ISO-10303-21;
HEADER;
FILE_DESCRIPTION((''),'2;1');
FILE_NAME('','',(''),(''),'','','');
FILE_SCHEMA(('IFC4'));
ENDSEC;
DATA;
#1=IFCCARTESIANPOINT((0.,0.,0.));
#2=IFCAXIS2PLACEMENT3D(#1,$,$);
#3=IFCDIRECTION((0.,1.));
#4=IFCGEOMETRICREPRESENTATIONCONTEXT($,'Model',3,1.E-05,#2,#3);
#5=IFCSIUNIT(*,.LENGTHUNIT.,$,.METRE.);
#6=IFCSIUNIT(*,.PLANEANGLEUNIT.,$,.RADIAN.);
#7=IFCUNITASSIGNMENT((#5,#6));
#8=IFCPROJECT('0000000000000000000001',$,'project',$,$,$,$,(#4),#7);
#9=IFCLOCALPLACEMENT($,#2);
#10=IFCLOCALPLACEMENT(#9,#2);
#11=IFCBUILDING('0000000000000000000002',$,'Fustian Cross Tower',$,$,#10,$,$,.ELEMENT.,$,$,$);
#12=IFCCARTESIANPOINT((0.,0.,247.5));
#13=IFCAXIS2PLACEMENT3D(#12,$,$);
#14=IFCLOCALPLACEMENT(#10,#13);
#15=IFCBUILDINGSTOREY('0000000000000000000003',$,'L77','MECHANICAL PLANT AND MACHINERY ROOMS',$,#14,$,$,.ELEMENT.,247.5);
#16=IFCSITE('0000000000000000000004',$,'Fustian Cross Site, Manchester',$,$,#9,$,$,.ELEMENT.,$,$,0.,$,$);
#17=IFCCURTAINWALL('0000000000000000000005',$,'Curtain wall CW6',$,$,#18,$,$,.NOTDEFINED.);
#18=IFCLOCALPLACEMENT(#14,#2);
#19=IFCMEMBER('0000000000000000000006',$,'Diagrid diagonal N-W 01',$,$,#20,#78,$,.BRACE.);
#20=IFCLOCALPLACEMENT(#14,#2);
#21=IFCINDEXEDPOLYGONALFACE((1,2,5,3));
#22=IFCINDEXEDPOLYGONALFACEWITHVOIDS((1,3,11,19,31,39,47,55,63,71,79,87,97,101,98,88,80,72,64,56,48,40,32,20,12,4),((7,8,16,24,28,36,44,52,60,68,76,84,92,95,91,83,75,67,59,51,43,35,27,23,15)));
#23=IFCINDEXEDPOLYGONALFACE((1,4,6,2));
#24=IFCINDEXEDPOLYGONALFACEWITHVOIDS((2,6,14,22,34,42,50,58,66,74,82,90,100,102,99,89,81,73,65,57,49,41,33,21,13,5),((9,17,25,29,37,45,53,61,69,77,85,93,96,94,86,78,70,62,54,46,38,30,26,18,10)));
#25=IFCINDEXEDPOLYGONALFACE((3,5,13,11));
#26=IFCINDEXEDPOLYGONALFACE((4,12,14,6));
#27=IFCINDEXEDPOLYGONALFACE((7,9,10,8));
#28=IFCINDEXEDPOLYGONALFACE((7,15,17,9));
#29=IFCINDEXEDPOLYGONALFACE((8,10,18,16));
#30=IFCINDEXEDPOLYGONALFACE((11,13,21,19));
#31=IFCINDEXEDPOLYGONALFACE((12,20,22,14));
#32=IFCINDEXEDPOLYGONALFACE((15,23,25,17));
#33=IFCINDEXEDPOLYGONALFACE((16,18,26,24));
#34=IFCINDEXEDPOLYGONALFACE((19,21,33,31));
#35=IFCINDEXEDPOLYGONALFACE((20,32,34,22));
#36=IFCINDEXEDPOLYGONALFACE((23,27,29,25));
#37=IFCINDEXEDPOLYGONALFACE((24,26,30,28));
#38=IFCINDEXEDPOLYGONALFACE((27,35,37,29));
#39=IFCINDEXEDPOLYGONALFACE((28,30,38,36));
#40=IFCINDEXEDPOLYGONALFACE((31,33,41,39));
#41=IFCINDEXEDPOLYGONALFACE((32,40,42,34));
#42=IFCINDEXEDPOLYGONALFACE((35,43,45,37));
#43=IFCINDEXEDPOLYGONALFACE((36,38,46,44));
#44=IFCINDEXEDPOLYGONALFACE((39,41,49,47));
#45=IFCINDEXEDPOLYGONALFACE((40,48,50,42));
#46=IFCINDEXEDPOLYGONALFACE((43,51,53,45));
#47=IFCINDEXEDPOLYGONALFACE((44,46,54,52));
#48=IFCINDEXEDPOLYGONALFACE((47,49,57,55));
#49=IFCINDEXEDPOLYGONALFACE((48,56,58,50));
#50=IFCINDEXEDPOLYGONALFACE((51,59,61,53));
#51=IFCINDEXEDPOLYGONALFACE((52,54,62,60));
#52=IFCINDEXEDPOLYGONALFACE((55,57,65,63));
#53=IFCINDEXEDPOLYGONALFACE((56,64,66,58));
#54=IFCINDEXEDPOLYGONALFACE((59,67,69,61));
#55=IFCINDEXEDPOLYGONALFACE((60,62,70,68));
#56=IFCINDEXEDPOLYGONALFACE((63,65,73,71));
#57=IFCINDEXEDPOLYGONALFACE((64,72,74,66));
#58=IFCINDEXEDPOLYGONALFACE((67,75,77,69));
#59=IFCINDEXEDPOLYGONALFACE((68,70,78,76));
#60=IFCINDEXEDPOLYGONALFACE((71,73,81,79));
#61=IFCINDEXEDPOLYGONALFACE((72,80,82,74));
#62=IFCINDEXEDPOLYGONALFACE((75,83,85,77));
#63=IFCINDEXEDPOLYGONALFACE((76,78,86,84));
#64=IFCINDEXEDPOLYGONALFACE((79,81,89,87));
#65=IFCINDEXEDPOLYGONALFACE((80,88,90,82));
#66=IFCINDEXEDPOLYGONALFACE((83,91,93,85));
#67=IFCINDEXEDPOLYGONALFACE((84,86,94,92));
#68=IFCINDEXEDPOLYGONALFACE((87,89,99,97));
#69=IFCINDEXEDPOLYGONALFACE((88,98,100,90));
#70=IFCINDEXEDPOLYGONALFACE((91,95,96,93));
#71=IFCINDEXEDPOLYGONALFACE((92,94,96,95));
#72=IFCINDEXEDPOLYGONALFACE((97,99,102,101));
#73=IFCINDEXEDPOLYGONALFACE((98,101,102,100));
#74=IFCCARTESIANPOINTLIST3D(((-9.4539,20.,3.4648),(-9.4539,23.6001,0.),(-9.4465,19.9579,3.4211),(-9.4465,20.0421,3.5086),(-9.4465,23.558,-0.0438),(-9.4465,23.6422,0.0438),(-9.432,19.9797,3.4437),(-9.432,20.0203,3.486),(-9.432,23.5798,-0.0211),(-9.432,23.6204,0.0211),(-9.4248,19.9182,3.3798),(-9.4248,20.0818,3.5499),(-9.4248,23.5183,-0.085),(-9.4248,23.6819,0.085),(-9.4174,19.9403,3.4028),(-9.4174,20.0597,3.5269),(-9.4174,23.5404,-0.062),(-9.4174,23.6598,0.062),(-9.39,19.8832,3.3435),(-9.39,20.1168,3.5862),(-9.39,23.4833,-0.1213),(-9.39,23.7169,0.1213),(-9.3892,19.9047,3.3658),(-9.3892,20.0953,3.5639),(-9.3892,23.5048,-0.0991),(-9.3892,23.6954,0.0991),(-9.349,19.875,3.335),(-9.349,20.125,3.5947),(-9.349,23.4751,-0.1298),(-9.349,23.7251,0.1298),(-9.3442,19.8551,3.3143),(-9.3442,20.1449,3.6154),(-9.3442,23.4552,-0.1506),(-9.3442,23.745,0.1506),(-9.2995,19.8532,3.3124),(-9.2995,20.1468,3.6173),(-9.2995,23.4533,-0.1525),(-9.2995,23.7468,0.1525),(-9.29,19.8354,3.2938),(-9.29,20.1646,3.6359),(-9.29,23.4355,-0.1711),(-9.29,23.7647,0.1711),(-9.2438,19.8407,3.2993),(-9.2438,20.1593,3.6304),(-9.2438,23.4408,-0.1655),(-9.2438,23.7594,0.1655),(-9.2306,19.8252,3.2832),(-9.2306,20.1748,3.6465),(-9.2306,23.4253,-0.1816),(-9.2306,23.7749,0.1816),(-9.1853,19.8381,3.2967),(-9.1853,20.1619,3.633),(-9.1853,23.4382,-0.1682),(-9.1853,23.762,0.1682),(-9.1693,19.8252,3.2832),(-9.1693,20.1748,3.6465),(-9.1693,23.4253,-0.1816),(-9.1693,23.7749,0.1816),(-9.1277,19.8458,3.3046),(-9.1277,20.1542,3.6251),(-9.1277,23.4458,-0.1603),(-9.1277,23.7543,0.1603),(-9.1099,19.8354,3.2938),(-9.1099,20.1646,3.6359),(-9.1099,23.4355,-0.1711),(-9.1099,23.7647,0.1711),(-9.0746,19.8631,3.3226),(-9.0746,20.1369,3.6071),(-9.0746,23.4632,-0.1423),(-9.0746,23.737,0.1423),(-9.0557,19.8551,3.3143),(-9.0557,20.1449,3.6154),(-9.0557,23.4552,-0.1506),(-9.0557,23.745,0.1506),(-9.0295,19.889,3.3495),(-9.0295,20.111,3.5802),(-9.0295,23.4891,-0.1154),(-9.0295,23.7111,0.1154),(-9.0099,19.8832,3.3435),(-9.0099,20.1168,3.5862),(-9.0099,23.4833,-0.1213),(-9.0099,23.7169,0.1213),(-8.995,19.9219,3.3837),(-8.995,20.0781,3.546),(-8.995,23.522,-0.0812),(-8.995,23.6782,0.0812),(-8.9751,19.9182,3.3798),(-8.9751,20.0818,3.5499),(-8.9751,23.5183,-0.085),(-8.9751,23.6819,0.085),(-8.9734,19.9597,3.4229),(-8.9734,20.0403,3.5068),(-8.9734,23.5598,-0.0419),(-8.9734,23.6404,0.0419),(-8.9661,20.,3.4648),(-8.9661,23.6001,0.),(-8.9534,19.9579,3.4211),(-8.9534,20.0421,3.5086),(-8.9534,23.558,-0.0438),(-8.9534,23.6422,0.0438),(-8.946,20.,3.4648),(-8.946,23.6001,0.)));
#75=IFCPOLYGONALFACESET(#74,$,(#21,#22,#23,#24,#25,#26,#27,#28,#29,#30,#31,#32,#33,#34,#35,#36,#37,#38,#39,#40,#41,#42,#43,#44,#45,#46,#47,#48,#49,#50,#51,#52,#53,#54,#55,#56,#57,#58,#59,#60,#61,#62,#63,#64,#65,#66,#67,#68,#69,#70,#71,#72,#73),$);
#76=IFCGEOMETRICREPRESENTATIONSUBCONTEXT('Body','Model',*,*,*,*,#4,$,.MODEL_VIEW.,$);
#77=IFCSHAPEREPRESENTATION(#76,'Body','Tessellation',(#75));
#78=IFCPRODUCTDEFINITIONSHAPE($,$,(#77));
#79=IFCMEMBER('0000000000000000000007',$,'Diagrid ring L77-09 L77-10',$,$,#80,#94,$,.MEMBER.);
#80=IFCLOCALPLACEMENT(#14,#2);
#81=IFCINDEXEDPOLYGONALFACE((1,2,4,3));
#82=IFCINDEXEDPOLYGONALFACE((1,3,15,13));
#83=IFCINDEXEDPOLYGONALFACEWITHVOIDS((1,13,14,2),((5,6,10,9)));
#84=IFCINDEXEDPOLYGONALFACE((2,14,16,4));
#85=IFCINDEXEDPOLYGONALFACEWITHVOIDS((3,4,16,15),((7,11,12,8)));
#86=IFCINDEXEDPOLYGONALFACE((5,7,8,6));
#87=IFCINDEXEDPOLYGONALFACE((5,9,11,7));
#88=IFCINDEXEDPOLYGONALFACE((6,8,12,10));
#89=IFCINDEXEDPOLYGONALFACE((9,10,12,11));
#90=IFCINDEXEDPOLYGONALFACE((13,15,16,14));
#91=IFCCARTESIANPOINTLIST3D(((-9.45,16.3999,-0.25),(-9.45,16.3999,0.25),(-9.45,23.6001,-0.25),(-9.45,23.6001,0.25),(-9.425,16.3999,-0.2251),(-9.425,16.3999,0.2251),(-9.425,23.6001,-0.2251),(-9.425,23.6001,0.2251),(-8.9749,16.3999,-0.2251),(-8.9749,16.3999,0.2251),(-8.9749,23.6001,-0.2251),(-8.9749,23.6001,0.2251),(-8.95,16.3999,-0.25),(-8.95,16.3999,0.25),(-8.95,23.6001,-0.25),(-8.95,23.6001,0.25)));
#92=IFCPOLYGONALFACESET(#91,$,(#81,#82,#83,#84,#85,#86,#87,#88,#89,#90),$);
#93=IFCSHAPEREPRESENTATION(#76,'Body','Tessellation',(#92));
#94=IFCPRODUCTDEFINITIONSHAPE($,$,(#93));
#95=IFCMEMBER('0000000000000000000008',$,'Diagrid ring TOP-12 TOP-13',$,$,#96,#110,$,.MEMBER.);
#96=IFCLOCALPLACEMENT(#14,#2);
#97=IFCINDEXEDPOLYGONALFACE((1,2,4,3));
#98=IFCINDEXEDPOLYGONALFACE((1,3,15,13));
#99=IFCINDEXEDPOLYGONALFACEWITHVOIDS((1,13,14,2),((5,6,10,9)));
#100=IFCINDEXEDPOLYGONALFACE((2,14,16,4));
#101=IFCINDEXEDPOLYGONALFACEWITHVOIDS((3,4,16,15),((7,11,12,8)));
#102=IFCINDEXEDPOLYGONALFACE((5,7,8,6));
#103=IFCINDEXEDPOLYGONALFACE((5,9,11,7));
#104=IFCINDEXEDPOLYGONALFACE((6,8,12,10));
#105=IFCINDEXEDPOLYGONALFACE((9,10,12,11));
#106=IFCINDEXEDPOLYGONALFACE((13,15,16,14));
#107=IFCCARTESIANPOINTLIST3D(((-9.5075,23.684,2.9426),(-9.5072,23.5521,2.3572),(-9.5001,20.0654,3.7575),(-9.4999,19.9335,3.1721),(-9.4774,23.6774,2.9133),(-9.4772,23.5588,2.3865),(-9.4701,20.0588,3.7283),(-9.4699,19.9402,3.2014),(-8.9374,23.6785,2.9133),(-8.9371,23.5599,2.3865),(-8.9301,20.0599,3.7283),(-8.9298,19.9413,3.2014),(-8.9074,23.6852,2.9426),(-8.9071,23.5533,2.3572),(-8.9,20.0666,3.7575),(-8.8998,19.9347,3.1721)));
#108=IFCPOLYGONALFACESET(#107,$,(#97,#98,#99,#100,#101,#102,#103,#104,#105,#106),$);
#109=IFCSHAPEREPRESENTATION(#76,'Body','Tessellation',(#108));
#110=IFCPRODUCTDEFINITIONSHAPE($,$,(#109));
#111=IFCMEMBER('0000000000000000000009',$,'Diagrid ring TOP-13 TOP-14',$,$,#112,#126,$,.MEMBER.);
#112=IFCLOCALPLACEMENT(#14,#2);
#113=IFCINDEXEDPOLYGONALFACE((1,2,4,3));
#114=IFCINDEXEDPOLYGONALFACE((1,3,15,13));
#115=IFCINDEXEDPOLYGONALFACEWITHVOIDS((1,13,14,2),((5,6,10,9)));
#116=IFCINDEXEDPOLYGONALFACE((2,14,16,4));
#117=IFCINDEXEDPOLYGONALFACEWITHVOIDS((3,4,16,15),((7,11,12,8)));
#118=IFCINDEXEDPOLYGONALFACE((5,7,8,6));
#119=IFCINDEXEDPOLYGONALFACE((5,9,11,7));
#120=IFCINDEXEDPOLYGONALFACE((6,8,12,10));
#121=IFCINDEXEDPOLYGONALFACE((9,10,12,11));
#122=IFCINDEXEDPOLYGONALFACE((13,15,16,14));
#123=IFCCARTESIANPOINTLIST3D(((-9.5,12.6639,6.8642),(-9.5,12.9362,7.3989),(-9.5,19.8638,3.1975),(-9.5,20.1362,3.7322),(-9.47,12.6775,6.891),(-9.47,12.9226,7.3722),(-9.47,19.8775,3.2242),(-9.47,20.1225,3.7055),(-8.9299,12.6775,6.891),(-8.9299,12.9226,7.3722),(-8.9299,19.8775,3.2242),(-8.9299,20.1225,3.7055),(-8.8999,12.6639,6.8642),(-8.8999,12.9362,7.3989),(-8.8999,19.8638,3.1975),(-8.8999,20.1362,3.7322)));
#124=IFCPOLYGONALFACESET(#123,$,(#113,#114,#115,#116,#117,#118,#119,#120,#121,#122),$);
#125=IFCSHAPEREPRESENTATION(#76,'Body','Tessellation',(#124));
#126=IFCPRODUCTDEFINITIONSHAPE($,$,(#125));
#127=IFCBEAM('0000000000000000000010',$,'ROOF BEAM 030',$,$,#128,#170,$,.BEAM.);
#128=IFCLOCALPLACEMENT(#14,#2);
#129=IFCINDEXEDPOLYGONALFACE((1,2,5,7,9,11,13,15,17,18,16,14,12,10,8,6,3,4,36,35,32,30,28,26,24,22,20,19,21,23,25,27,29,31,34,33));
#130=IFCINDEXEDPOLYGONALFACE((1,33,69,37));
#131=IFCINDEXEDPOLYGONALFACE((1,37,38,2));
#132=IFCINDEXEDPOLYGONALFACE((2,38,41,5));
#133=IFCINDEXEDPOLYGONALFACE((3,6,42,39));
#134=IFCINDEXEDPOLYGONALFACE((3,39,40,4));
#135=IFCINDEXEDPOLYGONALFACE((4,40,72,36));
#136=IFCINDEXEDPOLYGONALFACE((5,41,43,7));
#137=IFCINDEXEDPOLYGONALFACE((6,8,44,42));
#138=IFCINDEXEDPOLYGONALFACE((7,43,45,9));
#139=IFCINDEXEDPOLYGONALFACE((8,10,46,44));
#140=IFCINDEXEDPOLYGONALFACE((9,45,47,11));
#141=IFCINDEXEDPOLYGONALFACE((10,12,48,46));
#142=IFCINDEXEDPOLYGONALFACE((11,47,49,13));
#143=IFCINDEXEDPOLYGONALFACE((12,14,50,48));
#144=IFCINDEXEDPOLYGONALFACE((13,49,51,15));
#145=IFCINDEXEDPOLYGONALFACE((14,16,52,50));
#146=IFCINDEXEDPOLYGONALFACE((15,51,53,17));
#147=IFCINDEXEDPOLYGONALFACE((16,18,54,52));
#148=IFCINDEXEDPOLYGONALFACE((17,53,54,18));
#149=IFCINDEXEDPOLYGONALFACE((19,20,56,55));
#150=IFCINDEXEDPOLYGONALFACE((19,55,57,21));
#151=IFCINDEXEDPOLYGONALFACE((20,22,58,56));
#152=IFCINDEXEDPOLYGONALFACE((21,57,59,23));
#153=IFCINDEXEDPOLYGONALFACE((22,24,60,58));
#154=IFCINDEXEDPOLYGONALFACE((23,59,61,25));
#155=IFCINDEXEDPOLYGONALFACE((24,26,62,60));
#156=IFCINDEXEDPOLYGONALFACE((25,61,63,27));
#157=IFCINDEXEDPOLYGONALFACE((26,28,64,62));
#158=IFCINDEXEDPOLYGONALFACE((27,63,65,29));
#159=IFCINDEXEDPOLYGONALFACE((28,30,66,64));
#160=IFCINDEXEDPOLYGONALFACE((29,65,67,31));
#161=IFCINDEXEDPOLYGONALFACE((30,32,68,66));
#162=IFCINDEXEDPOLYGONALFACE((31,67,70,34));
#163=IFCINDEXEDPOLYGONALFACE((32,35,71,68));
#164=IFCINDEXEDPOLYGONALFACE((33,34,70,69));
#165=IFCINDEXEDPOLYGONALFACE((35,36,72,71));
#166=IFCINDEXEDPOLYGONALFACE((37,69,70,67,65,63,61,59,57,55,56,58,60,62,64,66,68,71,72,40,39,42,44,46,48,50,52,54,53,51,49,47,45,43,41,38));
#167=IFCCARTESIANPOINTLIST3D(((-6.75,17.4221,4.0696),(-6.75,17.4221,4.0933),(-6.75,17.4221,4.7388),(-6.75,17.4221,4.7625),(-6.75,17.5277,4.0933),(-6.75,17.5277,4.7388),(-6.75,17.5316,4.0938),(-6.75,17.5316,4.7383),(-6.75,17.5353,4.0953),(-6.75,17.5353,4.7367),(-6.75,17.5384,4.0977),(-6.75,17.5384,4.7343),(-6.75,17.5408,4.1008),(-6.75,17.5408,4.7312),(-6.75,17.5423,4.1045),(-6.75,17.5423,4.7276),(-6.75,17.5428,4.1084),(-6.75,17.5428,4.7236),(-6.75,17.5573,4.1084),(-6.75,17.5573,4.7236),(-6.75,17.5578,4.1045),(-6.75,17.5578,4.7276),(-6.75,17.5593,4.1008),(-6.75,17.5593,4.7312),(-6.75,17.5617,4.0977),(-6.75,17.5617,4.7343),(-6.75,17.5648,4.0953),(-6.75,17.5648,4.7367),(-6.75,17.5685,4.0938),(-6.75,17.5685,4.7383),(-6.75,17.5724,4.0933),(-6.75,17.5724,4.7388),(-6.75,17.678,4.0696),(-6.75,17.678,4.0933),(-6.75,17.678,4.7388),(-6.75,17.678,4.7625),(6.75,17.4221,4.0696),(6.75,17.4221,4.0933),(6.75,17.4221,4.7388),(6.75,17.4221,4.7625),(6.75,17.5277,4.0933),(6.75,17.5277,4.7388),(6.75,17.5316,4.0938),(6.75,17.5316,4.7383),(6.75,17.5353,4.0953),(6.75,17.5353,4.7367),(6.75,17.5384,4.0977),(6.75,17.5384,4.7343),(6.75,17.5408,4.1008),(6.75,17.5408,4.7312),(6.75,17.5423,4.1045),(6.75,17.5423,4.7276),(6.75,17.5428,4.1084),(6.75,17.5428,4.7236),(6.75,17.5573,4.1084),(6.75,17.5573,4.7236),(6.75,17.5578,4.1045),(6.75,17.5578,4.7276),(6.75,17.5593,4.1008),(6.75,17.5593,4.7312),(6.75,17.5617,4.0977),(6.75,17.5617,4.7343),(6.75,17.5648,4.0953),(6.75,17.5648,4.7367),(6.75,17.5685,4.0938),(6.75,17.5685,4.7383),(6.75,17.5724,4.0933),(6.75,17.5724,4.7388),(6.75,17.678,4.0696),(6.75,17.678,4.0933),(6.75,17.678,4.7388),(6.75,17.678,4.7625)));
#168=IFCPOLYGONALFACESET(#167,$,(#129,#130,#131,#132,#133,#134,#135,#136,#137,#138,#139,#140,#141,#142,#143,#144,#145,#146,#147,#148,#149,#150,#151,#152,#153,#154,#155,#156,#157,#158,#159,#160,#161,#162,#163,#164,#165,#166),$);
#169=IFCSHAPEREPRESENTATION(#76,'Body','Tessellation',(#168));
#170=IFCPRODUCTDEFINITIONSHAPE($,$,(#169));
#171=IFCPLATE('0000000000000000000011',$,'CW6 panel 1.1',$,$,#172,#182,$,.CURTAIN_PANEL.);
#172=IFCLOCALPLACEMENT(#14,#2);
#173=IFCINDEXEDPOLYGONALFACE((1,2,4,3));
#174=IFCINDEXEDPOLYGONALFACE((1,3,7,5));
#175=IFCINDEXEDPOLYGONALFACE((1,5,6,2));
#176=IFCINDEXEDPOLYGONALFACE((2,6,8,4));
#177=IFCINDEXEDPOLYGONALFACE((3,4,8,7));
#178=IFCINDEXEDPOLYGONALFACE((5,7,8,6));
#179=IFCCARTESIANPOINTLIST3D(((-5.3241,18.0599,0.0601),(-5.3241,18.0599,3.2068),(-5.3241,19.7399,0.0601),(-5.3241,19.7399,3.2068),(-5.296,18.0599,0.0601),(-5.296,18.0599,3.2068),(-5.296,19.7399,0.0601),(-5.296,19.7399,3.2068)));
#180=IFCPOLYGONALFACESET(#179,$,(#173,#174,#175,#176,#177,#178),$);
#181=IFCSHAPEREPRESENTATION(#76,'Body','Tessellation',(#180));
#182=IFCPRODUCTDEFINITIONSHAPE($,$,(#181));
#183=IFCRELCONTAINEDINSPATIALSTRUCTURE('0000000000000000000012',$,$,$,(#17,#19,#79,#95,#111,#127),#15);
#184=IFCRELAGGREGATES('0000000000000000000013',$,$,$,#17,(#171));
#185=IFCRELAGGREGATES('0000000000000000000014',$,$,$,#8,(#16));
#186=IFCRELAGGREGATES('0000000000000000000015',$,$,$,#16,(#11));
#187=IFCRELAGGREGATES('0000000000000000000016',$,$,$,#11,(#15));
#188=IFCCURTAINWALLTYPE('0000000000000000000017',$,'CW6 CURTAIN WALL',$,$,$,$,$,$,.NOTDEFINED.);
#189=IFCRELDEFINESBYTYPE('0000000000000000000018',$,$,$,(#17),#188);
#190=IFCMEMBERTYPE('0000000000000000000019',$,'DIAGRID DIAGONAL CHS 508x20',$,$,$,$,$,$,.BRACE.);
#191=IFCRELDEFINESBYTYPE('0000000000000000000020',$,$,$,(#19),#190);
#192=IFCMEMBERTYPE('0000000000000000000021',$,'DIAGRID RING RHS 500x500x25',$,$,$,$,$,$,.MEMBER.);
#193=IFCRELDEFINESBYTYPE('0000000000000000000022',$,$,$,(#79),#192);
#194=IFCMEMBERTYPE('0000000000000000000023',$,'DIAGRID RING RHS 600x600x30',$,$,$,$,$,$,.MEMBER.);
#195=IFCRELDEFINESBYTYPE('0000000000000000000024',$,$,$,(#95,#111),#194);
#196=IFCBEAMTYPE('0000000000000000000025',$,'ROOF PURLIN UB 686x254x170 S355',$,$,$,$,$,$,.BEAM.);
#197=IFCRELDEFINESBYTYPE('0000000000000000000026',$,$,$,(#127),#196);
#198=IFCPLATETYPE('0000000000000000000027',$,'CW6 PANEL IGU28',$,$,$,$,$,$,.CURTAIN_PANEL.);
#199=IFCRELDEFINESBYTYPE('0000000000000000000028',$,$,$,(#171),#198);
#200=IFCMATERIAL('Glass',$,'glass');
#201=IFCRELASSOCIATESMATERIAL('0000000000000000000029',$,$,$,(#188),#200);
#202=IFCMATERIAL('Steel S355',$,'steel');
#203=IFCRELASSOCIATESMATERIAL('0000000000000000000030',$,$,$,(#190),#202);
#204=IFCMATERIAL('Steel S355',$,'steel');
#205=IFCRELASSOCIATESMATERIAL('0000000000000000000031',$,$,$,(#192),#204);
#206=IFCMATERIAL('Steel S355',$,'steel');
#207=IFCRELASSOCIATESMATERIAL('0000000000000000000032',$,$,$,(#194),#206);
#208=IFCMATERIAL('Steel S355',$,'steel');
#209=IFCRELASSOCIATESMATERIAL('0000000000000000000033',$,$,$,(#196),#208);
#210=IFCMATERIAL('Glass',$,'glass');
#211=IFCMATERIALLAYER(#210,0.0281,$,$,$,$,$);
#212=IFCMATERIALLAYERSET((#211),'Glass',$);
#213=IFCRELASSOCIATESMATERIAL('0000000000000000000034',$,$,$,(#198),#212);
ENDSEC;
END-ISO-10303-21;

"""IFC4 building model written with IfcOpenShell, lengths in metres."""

from ifc_helpers import new_model, si_unit, direction, frame, origin, origin_2d, place, context, subcontext, project, spatial, rectangle, hollow_rectangle, hollow_circle, i_section, extrude, material, layer, layer_set, material_profile, profile_set, type_object, element, aggregate, save


model = new_model("IFC4")

# Units and contexts
model_context = context("Model", 3, precision=1e-05, world=origin(), true_north=direction((0.0, 1.0)))
body_context = subcontext(model_context, "Body", "Model", "MODEL_VIEW")
ifc_project = project(units=[si_unit("LENGTHUNIT", "METRE"), si_unit("PLANEANGLEUNIT", "RADIAN")], contexts=[model_context])

# Site, building, storey
site_placement = place(None, origin())
site = spatial("IfcSite", under=ifc_project, at=site_placement, Name="Fustian Cross Site, Manchester", CompositionType="ELEMENT", RefElevation=0.0)
building_placement = place(site_placement, origin())
building = spatial("IfcBuilding", under=site, at=building_placement, Name="Fustian Cross Tower", CompositionType="ELEMENT")
storey_placement = place(building_placement, frame((0.0, 0.0, 247.5)))
storey = spatial("IfcBuildingStorey", under=building, at=storey_placement, Name="L77", Description="MECHANICAL PLANT AND MACHINERY ROOMS", CompositionType="ELEMENT", Elevation=247.5)

# Curtain wall
ifc_material_1 = material(Name="Glass", Category="glass")
curtain_wall_type = type_object("IfcCurtainWallType", Name="CW6 CURTAIN WALL", PredefinedType="NOTDEFINED", material=ifc_material_1)
curtain_wall_1_placement = place(storey_placement, origin())
curtain_wall_1 = element("IfcCurtainWall", 1, at=curtain_wall_1_placement, inside=storey, type_object=curtain_wall_type, Name="Curtain wall CW6", PredefinedType="NOTDEFINED")

# Members
ifc_material_2 = material(Name="Steel S355", Category="steel")
ifc_material_profile_1 = material_profile(ifc_material_2, hollow_circle(Radius=0.2539, WallThickness=0.02, at=origin_2d()), Name="CHS 508x20")
ifc_profile_set_1 = profile_set([ifc_material_profile_1], Name="Steel S355")
member_type_1 = type_object("IfcMemberType", Name="DIAGRID DIAGONAL CHS 508x20", PredefinedType="BRACE", material=ifc_profile_set_1)
member_1_placement = place(storey_placement, frame((-9.2, 23.6001, 0.0), z_axis=(0.0, -0.720512, 0.693443), x_axis=(1.0, 0.0, 0.0)))
element("IfcMember", 2, at=member_1_placement, inside=storey, type_object=member_type_1, Name="Diagrid diagonal N-W 01", PredefinedType="BRACE", context=body_context, shape_type="SweptSolid", body=[
    extrude(hollow_circle(Radius=0.2539, WallThickness=0.02, at=origin_2d()), origin(), (0.0, 0.0, 1.0), 4.9966),
])
ifc_material_3 = material(Name="Steel S355", Category="steel")
ifc_material_profile_2 = material_profile(ifc_material_3, hollow_rectangle(XDim=0.5, YDim=0.5, WallThickness=0.0249, at=origin_2d()), Name="RHS 500x500x25")
ifc_profile_set_2 = profile_set([ifc_material_profile_2], Name="Steel S355")
member_type_2 = type_object("IfcMemberType", Name="DIAGRID RING RHS 500x500x25", PredefinedType="MEMBER", material=ifc_profile_set_2)
member_2_placement = place(storey_placement, frame((-9.2, 23.6001, 0.0), z_axis=(0.0, -1.0, 0.0), x_axis=(1.0, 0.0, 0.0)))
element("IfcMember", 3, at=member_2_placement, inside=storey, type_object=member_type_2, Name="Diagrid ring L77-09 L77-10", PredefinedType="MEMBER", context=body_context, shape_type="SweptSolid", body=[
    extrude(hollow_rectangle(XDim=0.5, YDim=0.5, WallThickness=0.0249, at=origin_2d()), origin(), (0.0, 0.0, 1.0), 7.2002),
])
ifc_material_4 = material(Name="Steel S355", Category="steel")
ifc_material_profile_3 = material_profile(ifc_material_4, hollow_rectangle(XDim=0.6001, YDim=0.6001, WallThickness=0.03, at=origin_2d()), Name="RHS 600x600x30")
ifc_profile_set_3 = profile_set([ifc_material_profile_3], Name="Steel S355")
member_type_3 = type_object("IfcMemberType", Name="DIAGRID RING RHS 600x600x30", PredefinedType="MEMBER", material=ifc_profile_set_3)
member_3_placement = place(storey_placement, frame((-9.2073, 23.6187, 2.6499), z_axis=(0.001975, -0.975565, 0.219703), x_axis=(0.999998, 0.002024, 0.0)))
element("IfcMember", 4, at=member_3_placement, inside=storey, type_object=member_type_3, Name="Diagrid ring TOP-12 TOP-13", PredefinedType="MEMBER", context=body_context, shape_type="SweptSolid", body=[
    extrude(hollow_rectangle(XDim=0.6001, YDim=0.6001, WallThickness=0.03, at=origin_2d()), origin(), (0.0, 0.0, 1.0), 3.7092),
])
member_4_placement = place(storey_placement, frame((-9.2, 20.0, 3.4648), z_axis=(0.0, -0.891097, 0.453813), x_axis=(1.0, 0.0, 0.0)))
element("IfcMember", 5, at=member_4_placement, inside=storey, type_object=member_type_3, Name="Diagrid ring TOP-13 TOP-14", PredefinedType="MEMBER", context=body_context, shape_type="SweptSolid", body=[
    extrude(hollow_rectangle(XDim=0.6001, YDim=0.6001, WallThickness=0.03, at=origin_2d()), origin(), (0.0, 0.0, 1.0), 8.0798),
])

# Beam
ifc_material_5 = material(Name="Steel S355", Category="steel")
ifc_material_profile_4 = material_profile(ifc_material_5, i_section(OverallWidth=0.2559, OverallDepth=0.6929, WebThickness=0.0144, FlangeThickness=0.0237, FilletRadius=0.0151, at=origin_2d()), Name="UB 686x254x170")
ifc_profile_set_4 = profile_set([ifc_material_profile_4], Name="Steel S355")
beam_type = type_object("IfcBeamType", Name="ROOF PURLIN UB 686x254x170 S355", PredefinedType="BEAM", material=ifc_profile_set_4)
beam_placement = place(storey_placement, frame((-6.75, 17.55, 4.416), z_axis=(1.0, 0.0, 0.0), x_axis=(0.0, 1.0, 0.0)))
element("IfcBeam", 6, at=beam_placement, inside=storey, type_object=beam_type, Name="ROOF BEAM 030", PredefinedType="BEAM", context=body_context, shape_type="SweptSolid", body=[
    extrude(i_section(OverallWidth=0.2559, OverallDepth=0.6929, WebThickness=0.0144, FlangeThickness=0.0237, FilletRadius=0.0151, at=origin_2d()), origin(), (0.0, 0.0, 1.0), 13.5),
])

# Plate
ifc_material_6 = material(Name="Glass", Category="glass")
ifc_layer_1 = layer(ifc_material_6, 0.0281)
ifc_layer_set_1 = layer_set([ifc_layer_1], Name="Glass")
plate_type = type_object("IfcPlateType", Name="CW6 PANEL IGU28", PredefinedType="CURTAIN_PANEL", material=ifc_layer_set_1)
plate_1_placement = place(storey_placement, frame((-5.3101, 18.8999, 0.0601), z_axis=(0.0, 0.0, 1.0), x_axis=(0.0, -1.0, 0.0)))
plate_1 = element("IfcPlate", 7, at=plate_1_placement, type_object=plate_type, Name="CW6 panel 1.1", PredefinedType="CURTAIN_PANEL", context=body_context, shape_type="SweptSolid", body=[
    extrude(rectangle(XDim=1.6799, YDim=0.0281, at=origin_2d()), origin(), (0.0, 0.0, 1.0), 3.1467),
])
aggregate(curtain_wall_1, [plate_1])

save(model, "model.ifc")
